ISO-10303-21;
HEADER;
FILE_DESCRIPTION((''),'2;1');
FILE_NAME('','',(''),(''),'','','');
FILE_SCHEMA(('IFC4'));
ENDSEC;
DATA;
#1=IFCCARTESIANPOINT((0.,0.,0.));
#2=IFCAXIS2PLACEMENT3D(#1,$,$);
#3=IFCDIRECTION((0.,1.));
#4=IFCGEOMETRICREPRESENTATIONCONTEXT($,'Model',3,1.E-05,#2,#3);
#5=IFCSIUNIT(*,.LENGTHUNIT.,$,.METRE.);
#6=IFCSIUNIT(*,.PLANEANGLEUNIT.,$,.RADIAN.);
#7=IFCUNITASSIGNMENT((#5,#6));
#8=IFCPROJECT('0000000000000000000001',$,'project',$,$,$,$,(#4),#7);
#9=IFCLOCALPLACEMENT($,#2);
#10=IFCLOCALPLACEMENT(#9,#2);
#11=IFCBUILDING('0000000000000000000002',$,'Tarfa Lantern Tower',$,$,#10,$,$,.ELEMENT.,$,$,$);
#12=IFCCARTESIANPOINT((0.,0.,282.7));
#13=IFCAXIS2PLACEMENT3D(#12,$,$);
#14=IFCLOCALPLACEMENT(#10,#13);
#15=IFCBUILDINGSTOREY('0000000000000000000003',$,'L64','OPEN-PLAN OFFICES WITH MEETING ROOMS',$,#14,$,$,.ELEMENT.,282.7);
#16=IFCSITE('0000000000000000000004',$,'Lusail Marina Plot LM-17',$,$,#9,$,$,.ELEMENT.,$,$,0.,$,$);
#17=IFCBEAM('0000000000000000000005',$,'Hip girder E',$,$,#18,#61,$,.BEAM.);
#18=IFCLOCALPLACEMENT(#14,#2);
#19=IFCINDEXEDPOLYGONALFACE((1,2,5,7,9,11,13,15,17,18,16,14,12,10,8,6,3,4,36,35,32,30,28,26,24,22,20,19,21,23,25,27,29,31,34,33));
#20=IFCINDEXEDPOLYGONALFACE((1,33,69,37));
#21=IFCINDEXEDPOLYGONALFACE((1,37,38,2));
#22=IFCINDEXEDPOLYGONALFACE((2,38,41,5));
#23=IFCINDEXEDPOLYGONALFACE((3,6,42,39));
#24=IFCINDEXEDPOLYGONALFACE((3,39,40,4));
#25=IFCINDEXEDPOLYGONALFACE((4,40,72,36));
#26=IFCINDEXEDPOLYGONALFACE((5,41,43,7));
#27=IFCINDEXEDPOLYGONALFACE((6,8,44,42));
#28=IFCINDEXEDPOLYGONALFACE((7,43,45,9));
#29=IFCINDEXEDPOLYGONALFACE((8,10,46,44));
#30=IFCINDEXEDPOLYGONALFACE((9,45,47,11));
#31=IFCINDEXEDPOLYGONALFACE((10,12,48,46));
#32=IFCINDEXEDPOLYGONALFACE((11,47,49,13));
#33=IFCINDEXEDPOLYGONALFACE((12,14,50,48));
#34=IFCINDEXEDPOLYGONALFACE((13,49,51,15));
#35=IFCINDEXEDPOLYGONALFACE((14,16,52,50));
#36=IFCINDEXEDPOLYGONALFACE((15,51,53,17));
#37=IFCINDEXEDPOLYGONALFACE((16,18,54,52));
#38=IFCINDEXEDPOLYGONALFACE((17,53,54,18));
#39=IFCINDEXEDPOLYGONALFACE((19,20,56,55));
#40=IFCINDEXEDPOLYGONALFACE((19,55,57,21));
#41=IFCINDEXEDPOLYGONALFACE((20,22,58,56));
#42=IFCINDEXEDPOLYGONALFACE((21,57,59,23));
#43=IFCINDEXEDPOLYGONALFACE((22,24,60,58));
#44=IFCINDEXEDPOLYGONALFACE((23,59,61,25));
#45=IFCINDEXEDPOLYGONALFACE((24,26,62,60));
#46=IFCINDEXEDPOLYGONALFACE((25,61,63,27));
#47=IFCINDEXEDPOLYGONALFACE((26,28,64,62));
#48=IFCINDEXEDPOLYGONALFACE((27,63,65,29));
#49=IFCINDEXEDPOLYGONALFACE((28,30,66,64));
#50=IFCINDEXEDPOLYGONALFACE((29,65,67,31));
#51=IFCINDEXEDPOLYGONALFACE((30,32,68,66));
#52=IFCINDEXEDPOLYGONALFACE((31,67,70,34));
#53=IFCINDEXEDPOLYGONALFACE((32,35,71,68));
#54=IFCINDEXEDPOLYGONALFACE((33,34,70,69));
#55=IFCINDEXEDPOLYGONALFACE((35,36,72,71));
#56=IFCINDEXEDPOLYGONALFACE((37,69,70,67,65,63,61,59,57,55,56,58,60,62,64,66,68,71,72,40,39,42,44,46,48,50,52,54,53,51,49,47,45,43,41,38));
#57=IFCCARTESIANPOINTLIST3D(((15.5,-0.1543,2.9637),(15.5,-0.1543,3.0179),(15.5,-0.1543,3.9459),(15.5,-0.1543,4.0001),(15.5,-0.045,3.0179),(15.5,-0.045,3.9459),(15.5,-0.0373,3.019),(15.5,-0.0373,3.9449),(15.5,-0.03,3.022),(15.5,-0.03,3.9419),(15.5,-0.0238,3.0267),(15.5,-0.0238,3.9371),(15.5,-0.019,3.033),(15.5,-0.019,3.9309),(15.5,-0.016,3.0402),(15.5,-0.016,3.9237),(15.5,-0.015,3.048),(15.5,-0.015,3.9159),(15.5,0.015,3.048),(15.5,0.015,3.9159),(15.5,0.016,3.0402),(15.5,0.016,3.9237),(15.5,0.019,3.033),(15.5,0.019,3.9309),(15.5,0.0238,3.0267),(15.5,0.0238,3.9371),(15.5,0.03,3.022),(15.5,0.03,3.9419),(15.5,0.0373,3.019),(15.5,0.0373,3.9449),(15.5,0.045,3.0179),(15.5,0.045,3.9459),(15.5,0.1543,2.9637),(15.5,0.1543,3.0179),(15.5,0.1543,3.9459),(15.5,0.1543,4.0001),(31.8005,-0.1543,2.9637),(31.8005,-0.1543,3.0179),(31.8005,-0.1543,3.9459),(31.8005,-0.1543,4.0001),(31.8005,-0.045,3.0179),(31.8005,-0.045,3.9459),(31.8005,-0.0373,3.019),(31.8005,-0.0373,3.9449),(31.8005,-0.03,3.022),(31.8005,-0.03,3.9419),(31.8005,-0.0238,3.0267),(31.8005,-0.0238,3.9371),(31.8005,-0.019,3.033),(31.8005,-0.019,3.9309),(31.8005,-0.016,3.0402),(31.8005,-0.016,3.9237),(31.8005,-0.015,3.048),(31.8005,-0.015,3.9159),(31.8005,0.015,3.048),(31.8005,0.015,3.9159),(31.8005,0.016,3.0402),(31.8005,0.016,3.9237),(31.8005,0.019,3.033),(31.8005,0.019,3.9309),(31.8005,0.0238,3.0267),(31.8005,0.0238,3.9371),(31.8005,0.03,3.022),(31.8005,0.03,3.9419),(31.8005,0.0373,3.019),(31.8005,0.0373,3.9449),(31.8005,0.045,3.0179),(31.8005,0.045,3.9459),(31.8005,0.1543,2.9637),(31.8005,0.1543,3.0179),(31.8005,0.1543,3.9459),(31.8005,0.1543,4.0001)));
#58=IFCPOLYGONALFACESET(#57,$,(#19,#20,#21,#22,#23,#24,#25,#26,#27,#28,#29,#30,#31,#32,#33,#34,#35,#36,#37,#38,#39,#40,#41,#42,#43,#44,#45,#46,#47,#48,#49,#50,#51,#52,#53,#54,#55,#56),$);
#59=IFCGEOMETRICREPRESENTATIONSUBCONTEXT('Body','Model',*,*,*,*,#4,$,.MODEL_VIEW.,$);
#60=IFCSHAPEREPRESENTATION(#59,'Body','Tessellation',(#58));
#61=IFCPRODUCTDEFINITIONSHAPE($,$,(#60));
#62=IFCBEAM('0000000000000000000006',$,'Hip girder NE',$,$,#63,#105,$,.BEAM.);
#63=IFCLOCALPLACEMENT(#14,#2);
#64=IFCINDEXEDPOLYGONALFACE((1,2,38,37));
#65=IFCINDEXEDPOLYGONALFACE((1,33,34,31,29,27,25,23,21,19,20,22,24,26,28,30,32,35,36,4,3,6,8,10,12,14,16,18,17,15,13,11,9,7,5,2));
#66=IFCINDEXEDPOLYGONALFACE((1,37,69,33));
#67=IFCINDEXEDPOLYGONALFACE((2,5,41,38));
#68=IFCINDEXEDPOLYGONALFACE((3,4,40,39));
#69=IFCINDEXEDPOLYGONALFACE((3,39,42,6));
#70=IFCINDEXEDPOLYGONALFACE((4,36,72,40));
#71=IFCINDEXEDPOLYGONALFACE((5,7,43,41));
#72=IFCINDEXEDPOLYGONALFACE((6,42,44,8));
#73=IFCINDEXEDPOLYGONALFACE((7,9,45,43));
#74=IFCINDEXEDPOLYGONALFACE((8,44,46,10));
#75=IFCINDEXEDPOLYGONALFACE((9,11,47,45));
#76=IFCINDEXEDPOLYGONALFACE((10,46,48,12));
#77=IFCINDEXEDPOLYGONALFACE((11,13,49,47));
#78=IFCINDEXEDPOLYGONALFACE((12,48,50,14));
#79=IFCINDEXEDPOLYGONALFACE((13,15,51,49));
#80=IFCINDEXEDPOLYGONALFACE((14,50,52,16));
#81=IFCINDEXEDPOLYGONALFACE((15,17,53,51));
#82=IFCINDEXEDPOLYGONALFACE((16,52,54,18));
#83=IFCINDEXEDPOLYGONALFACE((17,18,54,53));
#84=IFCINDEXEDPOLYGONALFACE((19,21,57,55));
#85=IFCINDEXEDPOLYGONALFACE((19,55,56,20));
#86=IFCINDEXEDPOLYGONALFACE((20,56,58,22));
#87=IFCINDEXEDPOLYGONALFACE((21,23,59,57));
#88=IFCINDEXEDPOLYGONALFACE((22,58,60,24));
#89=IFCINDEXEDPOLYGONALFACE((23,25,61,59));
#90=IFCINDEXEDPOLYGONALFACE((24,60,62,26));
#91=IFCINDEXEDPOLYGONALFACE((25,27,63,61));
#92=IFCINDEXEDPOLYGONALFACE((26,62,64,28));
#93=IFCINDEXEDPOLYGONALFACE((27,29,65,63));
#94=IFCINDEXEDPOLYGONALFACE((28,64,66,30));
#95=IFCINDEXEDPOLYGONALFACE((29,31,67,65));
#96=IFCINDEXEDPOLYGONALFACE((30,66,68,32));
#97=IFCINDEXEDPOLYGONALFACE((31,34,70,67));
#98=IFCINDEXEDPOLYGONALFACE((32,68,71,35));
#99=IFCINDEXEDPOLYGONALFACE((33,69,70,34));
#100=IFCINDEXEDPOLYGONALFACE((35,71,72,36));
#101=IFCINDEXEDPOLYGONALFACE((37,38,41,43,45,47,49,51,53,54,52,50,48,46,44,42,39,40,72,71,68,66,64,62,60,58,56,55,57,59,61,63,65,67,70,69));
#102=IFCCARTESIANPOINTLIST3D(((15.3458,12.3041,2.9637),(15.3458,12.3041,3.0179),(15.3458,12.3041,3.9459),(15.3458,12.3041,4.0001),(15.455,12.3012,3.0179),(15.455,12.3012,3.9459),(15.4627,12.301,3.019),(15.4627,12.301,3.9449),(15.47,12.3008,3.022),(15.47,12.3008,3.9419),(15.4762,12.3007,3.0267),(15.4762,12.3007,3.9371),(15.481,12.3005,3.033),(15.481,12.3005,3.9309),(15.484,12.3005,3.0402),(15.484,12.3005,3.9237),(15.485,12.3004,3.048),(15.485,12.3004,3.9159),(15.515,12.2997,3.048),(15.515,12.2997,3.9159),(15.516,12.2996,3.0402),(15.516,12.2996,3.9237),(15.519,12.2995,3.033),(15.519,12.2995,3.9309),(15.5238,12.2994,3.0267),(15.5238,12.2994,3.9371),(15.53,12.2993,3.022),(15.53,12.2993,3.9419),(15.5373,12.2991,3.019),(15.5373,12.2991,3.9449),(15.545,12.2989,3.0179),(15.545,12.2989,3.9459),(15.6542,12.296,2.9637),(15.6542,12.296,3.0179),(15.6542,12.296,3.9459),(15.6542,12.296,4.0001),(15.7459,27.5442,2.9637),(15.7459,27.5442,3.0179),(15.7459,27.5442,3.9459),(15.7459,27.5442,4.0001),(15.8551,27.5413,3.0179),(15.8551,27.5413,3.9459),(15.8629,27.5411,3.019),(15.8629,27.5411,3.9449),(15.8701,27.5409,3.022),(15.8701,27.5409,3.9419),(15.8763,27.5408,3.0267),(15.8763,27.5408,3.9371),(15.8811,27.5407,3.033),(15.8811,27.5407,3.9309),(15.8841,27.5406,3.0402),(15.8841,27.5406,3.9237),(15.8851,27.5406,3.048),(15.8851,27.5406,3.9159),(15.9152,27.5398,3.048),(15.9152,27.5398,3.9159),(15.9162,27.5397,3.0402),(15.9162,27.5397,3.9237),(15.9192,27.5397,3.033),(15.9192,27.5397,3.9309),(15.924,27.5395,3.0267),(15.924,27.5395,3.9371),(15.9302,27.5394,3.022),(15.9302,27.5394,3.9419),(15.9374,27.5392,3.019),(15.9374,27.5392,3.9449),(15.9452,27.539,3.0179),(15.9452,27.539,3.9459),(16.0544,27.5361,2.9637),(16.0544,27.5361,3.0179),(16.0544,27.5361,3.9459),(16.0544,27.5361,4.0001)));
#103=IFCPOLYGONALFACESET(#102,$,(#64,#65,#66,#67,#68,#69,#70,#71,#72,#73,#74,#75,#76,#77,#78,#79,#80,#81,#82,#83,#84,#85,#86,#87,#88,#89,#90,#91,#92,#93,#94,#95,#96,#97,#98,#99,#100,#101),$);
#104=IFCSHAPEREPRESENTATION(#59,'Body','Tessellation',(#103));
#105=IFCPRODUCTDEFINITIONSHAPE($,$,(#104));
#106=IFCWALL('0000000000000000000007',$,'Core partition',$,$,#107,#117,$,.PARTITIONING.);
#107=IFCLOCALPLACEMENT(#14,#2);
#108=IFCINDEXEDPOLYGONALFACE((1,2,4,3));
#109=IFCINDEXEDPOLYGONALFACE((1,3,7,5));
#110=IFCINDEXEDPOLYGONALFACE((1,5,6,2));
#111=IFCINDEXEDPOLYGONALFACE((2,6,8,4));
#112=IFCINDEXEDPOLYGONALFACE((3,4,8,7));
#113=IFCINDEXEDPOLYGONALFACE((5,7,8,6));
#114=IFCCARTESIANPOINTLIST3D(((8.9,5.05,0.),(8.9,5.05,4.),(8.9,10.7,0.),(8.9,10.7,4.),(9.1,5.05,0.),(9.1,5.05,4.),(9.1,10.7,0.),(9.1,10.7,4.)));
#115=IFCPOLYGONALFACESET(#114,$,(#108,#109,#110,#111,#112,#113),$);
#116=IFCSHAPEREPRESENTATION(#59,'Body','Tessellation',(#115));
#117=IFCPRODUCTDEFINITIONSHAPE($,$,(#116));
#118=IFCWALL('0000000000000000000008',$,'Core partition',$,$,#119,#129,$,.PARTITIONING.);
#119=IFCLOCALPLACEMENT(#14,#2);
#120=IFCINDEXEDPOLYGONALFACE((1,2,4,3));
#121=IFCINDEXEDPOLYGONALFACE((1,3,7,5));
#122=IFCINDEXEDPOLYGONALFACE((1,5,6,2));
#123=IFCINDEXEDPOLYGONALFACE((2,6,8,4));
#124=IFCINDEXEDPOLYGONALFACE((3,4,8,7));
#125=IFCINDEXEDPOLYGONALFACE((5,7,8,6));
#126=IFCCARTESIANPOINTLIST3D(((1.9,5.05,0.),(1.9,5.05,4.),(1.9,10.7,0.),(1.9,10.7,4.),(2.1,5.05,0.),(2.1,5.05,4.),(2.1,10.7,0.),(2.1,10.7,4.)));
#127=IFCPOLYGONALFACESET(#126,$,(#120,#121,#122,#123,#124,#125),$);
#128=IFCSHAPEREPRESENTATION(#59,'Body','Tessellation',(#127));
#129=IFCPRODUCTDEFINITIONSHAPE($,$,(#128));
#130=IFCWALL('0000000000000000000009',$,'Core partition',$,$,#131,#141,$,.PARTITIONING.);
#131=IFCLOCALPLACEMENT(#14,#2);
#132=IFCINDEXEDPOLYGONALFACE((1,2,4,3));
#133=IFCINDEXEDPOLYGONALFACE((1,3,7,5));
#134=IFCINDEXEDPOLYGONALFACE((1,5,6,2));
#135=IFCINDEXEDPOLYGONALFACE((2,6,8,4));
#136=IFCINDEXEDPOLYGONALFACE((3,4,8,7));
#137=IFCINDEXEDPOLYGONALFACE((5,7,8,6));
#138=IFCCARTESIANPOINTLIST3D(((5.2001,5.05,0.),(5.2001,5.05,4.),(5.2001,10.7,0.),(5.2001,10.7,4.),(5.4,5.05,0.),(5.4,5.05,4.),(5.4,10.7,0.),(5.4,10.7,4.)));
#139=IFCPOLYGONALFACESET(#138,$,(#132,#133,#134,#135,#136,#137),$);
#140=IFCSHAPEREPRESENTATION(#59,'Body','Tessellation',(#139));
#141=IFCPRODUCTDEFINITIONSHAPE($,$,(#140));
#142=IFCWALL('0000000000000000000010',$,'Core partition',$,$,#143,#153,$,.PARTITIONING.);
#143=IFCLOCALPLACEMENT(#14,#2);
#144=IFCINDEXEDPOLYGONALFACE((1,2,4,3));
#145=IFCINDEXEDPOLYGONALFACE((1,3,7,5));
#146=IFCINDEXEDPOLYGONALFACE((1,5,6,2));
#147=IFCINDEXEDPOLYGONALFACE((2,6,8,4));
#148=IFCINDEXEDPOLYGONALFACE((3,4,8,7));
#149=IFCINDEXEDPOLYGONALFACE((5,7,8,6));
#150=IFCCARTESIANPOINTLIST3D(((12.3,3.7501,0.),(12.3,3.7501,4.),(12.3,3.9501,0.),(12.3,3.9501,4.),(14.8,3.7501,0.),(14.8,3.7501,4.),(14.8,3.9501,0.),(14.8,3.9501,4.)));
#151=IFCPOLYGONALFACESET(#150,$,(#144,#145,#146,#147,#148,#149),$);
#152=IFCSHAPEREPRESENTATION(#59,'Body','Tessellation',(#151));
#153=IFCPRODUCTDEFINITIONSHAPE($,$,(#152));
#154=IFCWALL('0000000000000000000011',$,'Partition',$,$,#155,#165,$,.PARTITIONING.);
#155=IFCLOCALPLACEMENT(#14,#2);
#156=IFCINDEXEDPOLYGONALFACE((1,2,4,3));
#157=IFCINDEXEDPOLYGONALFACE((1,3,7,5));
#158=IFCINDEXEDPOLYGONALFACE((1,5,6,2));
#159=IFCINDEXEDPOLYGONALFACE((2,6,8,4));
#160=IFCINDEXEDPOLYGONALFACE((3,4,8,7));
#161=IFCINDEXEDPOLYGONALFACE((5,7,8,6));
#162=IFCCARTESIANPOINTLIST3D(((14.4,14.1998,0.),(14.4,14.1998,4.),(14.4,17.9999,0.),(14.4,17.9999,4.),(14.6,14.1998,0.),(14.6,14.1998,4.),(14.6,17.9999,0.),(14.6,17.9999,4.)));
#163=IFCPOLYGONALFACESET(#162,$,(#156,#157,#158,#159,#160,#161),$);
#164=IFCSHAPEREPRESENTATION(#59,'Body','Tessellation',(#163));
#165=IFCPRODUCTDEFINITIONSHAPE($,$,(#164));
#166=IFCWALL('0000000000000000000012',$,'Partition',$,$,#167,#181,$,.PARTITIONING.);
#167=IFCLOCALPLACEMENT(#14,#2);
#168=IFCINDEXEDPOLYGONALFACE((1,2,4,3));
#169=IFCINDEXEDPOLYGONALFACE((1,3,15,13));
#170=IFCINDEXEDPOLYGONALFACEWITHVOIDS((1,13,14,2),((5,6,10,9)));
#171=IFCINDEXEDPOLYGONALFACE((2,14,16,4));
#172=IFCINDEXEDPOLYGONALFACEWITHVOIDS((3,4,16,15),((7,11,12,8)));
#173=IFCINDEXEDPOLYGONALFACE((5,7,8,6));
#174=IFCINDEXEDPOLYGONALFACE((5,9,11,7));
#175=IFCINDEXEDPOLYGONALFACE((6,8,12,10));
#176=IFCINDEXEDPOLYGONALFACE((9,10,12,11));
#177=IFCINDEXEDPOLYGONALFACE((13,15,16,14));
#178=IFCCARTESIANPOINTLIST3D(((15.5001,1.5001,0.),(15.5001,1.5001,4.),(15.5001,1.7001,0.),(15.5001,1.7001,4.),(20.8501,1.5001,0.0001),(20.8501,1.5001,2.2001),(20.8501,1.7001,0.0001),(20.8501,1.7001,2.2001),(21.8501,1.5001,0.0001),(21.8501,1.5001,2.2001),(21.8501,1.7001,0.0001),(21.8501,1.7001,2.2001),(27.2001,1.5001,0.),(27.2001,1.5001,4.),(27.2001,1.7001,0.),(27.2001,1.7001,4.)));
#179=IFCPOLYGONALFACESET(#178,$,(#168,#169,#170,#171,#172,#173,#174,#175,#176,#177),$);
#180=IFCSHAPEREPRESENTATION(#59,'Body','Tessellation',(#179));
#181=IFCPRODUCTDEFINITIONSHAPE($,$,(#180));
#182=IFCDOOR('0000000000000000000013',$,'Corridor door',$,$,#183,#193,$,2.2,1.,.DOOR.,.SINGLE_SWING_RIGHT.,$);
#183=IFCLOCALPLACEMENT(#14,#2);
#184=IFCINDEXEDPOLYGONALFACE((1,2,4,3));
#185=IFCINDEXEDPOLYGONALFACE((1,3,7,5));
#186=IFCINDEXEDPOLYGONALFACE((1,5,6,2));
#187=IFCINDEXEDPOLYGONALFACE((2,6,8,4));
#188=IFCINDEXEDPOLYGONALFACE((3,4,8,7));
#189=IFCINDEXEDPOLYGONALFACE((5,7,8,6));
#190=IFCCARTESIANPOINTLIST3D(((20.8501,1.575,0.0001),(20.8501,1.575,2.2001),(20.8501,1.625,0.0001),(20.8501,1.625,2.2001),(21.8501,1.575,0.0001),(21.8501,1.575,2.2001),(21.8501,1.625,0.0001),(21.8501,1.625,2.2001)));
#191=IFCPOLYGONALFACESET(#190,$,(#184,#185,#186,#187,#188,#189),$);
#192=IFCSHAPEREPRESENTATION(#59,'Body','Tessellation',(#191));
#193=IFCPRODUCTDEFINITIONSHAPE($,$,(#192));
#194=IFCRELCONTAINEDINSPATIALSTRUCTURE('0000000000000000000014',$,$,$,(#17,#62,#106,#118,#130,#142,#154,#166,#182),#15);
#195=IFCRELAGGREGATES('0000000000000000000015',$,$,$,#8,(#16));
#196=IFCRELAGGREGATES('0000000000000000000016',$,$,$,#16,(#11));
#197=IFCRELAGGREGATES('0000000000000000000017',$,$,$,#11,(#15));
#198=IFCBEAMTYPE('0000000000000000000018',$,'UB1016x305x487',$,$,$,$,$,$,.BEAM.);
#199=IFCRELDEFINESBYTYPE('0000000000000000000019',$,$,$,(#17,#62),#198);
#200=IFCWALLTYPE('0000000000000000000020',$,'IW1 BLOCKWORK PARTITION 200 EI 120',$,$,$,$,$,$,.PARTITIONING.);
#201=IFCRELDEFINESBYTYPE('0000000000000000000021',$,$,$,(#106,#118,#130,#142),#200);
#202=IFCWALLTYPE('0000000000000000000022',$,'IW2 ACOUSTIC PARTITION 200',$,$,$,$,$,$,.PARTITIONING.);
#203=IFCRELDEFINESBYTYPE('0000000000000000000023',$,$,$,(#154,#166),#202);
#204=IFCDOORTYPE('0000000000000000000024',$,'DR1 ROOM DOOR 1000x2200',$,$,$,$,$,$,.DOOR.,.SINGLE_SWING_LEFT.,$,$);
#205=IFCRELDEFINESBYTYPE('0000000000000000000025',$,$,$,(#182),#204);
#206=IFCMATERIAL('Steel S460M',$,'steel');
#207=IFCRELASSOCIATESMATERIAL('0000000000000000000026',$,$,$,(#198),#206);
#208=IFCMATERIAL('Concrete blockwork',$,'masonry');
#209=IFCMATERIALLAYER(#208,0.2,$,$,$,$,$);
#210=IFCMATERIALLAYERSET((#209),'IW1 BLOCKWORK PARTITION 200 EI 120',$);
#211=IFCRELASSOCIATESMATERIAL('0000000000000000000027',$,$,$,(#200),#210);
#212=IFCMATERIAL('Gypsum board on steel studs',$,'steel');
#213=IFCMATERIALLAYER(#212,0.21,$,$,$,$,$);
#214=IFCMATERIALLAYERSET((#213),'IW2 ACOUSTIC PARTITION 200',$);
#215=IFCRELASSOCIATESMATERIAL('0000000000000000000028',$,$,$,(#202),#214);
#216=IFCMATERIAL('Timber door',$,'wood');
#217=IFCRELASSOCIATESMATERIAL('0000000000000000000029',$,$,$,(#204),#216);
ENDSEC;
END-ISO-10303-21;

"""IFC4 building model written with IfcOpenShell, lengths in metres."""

from ifc_helpers import new_model, si_unit, direction, frame, frame_2d, origin, origin_2d, place, context, subcontext, project, spatial, rectangle, i_section, extrude, material, layer, layer_set, material_profile, profile_set, type_object, element, fill, save


model = new_model("IFC4")

# Units and contexts
model_context = context("Model", 3, precision=1e-05, world=origin(), true_north=direction((0.0, 1.0)))
body_context = subcontext(model_context, "Body", "Model", "MODEL_VIEW")
ifc_project = project(units=[si_unit("LENGTHUNIT", "METRE"), si_unit("PLANEANGLEUNIT", "RADIAN")], contexts=[model_context])

# Site, building, storey
site_placement = place(None, origin())
site = spatial("IfcSite", under=ifc_project, at=site_placement, Name="Lusail Marina Plot LM-17", CompositionType="ELEMENT", RefElevation=0.0)
building_placement = place(site_placement, origin())
building = spatial("IfcBuilding", under=site, at=building_placement, Name="Tarfa Lantern Tower", CompositionType="ELEMENT")
storey_placement = place(building_placement, frame((0.0, 0.0, 282.7)))
storey = spatial("IfcBuildingStorey", under=building, at=storey_placement, Name="L64", Description="OPEN-PLAN OFFICES WITH MEETING ROOMS", CompositionType="ELEMENT", Elevation=282.7)

# Beams
ifc_material_1 = material(Name="Steel S460M", Category="steel")
ifc_material_profile = material_profile(ifc_material_1, i_section(OverallWidth=0.3086, OverallDepth=1.0364, WebThickness=0.03, FlangeThickness=0.0542, FilletRadius=0.03, at=origin_2d()), Name="UB1016x305x487")
ifc_profile_set = profile_set([ifc_material_profile], Name="Steel S460M")
beam_type = type_object("IfcBeamType", Name="UB1016x305x487", PredefinedType="BEAM", material=ifc_profile_set)
beam_1_placement = place(storey_placement, frame((15.5, 0.0, 3.4819), z_axis=(1.0, 0.0, 0.0), x_axis=(0.0, 1.0, 0.0)))
element("IfcBeam", 1, at=beam_1_placement, inside=storey, type_object=beam_type, Name="Hip girder E", PredefinedType="BEAM", context=body_context, shape_type="SweptSolid", body=[
    extrude(i_section(OverallWidth=0.3086, OverallDepth=1.0364, WebThickness=0.03, FlangeThickness=0.0542, FilletRadius=0.03, at=origin_2d()), origin(), (0.0, 0.0, 1.0), 16.3005),
])
beam_2_placement = place(storey_placement, frame((15.5, 12.3, 3.4819), z_axis=(0.026247, 0.999655, 0.0), x_axis=(-0.999655, 0.026247, 0.0)))
element("IfcBeam", 2, at=beam_2_placement, inside=storey, type_object=beam_type, Name="Hip girder NE", PredefinedType="BEAM", context=body_context, shape_type="SweptSolid", body=[
    extrude(i_section(OverallWidth=0.3086, OverallDepth=1.0364, WebThickness=0.03, FlangeThickness=0.0542, FilletRadius=0.03, at=origin_2d()), origin(), (0.0, 0.0, 1.0), 15.2454),
])

# Walls
ifc_material_2 = material(Name="Concrete blockwork", Category="masonry")
ifc_layer_1 = layer(ifc_material_2, 0.2)
ifc_layer_set_1 = layer_set([ifc_layer_1], Name="IW1 BLOCKWORK PARTITION 200 EI 120")
wall_type_1 = type_object("IfcWallType", Name="IW1 BLOCKWORK PARTITION 200 EI 120", PredefinedType="PARTITIONING", material=ifc_layer_set_1)
for number, where, z_axis, x_axis, name in (
    (3, (9.0, 5.05, 0.0), (0.0, 0.0, 1.0), (0.0, 1.0, 0.0), "Core partition"),
    (4, (2.0, 5.05, 0.0), (0.0, 0.0, 1.0), (0.0, 1.0, 0.0), "Core partition"),
    (5, (5.3, 5.05, 0.0), (0.0, 0.0, 1.0), (0.0, 1.0, 0.0), "Core partition"),
):
    element("IfcWall", number, at=place(storey_placement, frame(where, z_axis=z_axis, x_axis=x_axis)), inside=storey, type_object=wall_type_1, Name=name, PredefinedType="PARTITIONING", context=body_context, shape_type="SweptSolid", body=[
        extrude(rectangle(XDim=5.6499, YDim=0.2, at=frame_2d((2.825, 0.0))), origin(), (0.0, 0.0, 1.0), 4.0),
    ])
wall_1_placement = place(storey_placement, frame((12.3, 3.8501, 0.0), z_axis=(0.0, 0.0, 1.0), x_axis=(1.0, 0.0, 0.0)))
element("IfcWall", 6, at=wall_1_placement, inside=storey, type_object=wall_type_1, Name="Core partition", PredefinedType="PARTITIONING", context=body_context, shape_type="SweptSolid", body=[
    extrude(rectangle(XDim=2.5, YDim=0.2, at=frame_2d((1.25, 0.0))), origin(), (0.0, 0.0, 1.0), 4.0),
])
ifc_material_3 = material(Name="Gypsum board on steel studs", Category="steel")
ifc_layer_2 = layer(ifc_material_3, 0.21)
ifc_layer_set_2 = layer_set([ifc_layer_2], Name="IW2 ACOUSTIC PARTITION 200")
wall_type_2 = type_object("IfcWallType", Name="IW2 ACOUSTIC PARTITION 200", PredefinedType="PARTITIONING", material=ifc_layer_set_2)
wall_2_placement = place(storey_placement, frame((14.5, 14.2, 0.0), z_axis=(0.0, 0.0, 1.0), x_axis=(0.0, 1.0, 0.0)))
element("IfcWall", 7, at=wall_2_placement, inside=storey, type_object=wall_type_2, Name="Partition", PredefinedType="PARTITIONING", context=body_context, shape_type="SweptSolid", body=[
    extrude(rectangle(XDim=3.8, YDim=0.2, at=frame_2d((1.8999, 0.0))), origin(), (0.0, 0.0, 1.0), 4.0),
])

# Wall, opening, door
wall_3_placement = place(storey_placement, frame((15.5, 1.6001, 0.0), z_axis=(0.0, 0.0, 1.0), x_axis=(1.0, 0.0, 0.0)))
wall_3 = element("IfcWall", 8, at=wall_3_placement, inside=storey, type_object=wall_type_2, Name="Partition", PredefinedType="PARTITIONING", context=body_context, shape_type="SweptSolid", body=[
    extrude(rectangle(XDim=11.7, YDim=0.2, at=frame_2d((5.8501, 0.0))), origin(), (0.0, 0.0, 1.0), 4.0),
])
opening_1_placement = place(wall_3_placement, frame((5.3501, 0.0, 0.0)))
opening_1 = element("IfcOpeningElement", 9, at=opening_1_placement, cuts=wall_3, PredefinedType="OPENING", context=body_context, shape_type="SweptSolid", body=[
    extrude(rectangle(XDim=1.0, YDim=2.2, at=frame_2d((0.5, 1.1001))), frame((0.0, 0.1099, 0.0), z_axis=(0.0, -1.0, 0.0), x_axis=(1.0, 0.0, 0.0)), (0.0, 0.0, 1.0), 0.22),
])
ifc_material_4 = material(Name="Timber door", Category="wood")
door_type_1 = type_object("IfcDoorType", Name="DR1 ROOM DOOR 1000x2200", OperationType="SINGLE_SWING_LEFT", PredefinedType="DOOR", material=ifc_material_4)
door_1_placement = place(opening_1_placement, origin())
door_1 = element("IfcDoor", 10, at=door_1_placement, inside=storey, type_object=door_type_1, Name="Corridor door", OperationType="SINGLE_SWING_RIGHT", OverallHeight=2.2, OverallWidth=1.0, PredefinedType="DOOR", context=body_context, shape_type="SweptSolid", body=[
    extrude(rectangle(XDim=1.0, YDim=2.2, at=frame_2d((0.5, 1.1001))), frame((0.0, 0.0249, 0.0), z_axis=(0.0, -1.0, 0.0), x_axis=(1.0, 0.0, 0.0)), (0.0, 0.0, 1.0), 0.05),
])
fill(opening_1, door_1)

save(model, "model.ifc")
